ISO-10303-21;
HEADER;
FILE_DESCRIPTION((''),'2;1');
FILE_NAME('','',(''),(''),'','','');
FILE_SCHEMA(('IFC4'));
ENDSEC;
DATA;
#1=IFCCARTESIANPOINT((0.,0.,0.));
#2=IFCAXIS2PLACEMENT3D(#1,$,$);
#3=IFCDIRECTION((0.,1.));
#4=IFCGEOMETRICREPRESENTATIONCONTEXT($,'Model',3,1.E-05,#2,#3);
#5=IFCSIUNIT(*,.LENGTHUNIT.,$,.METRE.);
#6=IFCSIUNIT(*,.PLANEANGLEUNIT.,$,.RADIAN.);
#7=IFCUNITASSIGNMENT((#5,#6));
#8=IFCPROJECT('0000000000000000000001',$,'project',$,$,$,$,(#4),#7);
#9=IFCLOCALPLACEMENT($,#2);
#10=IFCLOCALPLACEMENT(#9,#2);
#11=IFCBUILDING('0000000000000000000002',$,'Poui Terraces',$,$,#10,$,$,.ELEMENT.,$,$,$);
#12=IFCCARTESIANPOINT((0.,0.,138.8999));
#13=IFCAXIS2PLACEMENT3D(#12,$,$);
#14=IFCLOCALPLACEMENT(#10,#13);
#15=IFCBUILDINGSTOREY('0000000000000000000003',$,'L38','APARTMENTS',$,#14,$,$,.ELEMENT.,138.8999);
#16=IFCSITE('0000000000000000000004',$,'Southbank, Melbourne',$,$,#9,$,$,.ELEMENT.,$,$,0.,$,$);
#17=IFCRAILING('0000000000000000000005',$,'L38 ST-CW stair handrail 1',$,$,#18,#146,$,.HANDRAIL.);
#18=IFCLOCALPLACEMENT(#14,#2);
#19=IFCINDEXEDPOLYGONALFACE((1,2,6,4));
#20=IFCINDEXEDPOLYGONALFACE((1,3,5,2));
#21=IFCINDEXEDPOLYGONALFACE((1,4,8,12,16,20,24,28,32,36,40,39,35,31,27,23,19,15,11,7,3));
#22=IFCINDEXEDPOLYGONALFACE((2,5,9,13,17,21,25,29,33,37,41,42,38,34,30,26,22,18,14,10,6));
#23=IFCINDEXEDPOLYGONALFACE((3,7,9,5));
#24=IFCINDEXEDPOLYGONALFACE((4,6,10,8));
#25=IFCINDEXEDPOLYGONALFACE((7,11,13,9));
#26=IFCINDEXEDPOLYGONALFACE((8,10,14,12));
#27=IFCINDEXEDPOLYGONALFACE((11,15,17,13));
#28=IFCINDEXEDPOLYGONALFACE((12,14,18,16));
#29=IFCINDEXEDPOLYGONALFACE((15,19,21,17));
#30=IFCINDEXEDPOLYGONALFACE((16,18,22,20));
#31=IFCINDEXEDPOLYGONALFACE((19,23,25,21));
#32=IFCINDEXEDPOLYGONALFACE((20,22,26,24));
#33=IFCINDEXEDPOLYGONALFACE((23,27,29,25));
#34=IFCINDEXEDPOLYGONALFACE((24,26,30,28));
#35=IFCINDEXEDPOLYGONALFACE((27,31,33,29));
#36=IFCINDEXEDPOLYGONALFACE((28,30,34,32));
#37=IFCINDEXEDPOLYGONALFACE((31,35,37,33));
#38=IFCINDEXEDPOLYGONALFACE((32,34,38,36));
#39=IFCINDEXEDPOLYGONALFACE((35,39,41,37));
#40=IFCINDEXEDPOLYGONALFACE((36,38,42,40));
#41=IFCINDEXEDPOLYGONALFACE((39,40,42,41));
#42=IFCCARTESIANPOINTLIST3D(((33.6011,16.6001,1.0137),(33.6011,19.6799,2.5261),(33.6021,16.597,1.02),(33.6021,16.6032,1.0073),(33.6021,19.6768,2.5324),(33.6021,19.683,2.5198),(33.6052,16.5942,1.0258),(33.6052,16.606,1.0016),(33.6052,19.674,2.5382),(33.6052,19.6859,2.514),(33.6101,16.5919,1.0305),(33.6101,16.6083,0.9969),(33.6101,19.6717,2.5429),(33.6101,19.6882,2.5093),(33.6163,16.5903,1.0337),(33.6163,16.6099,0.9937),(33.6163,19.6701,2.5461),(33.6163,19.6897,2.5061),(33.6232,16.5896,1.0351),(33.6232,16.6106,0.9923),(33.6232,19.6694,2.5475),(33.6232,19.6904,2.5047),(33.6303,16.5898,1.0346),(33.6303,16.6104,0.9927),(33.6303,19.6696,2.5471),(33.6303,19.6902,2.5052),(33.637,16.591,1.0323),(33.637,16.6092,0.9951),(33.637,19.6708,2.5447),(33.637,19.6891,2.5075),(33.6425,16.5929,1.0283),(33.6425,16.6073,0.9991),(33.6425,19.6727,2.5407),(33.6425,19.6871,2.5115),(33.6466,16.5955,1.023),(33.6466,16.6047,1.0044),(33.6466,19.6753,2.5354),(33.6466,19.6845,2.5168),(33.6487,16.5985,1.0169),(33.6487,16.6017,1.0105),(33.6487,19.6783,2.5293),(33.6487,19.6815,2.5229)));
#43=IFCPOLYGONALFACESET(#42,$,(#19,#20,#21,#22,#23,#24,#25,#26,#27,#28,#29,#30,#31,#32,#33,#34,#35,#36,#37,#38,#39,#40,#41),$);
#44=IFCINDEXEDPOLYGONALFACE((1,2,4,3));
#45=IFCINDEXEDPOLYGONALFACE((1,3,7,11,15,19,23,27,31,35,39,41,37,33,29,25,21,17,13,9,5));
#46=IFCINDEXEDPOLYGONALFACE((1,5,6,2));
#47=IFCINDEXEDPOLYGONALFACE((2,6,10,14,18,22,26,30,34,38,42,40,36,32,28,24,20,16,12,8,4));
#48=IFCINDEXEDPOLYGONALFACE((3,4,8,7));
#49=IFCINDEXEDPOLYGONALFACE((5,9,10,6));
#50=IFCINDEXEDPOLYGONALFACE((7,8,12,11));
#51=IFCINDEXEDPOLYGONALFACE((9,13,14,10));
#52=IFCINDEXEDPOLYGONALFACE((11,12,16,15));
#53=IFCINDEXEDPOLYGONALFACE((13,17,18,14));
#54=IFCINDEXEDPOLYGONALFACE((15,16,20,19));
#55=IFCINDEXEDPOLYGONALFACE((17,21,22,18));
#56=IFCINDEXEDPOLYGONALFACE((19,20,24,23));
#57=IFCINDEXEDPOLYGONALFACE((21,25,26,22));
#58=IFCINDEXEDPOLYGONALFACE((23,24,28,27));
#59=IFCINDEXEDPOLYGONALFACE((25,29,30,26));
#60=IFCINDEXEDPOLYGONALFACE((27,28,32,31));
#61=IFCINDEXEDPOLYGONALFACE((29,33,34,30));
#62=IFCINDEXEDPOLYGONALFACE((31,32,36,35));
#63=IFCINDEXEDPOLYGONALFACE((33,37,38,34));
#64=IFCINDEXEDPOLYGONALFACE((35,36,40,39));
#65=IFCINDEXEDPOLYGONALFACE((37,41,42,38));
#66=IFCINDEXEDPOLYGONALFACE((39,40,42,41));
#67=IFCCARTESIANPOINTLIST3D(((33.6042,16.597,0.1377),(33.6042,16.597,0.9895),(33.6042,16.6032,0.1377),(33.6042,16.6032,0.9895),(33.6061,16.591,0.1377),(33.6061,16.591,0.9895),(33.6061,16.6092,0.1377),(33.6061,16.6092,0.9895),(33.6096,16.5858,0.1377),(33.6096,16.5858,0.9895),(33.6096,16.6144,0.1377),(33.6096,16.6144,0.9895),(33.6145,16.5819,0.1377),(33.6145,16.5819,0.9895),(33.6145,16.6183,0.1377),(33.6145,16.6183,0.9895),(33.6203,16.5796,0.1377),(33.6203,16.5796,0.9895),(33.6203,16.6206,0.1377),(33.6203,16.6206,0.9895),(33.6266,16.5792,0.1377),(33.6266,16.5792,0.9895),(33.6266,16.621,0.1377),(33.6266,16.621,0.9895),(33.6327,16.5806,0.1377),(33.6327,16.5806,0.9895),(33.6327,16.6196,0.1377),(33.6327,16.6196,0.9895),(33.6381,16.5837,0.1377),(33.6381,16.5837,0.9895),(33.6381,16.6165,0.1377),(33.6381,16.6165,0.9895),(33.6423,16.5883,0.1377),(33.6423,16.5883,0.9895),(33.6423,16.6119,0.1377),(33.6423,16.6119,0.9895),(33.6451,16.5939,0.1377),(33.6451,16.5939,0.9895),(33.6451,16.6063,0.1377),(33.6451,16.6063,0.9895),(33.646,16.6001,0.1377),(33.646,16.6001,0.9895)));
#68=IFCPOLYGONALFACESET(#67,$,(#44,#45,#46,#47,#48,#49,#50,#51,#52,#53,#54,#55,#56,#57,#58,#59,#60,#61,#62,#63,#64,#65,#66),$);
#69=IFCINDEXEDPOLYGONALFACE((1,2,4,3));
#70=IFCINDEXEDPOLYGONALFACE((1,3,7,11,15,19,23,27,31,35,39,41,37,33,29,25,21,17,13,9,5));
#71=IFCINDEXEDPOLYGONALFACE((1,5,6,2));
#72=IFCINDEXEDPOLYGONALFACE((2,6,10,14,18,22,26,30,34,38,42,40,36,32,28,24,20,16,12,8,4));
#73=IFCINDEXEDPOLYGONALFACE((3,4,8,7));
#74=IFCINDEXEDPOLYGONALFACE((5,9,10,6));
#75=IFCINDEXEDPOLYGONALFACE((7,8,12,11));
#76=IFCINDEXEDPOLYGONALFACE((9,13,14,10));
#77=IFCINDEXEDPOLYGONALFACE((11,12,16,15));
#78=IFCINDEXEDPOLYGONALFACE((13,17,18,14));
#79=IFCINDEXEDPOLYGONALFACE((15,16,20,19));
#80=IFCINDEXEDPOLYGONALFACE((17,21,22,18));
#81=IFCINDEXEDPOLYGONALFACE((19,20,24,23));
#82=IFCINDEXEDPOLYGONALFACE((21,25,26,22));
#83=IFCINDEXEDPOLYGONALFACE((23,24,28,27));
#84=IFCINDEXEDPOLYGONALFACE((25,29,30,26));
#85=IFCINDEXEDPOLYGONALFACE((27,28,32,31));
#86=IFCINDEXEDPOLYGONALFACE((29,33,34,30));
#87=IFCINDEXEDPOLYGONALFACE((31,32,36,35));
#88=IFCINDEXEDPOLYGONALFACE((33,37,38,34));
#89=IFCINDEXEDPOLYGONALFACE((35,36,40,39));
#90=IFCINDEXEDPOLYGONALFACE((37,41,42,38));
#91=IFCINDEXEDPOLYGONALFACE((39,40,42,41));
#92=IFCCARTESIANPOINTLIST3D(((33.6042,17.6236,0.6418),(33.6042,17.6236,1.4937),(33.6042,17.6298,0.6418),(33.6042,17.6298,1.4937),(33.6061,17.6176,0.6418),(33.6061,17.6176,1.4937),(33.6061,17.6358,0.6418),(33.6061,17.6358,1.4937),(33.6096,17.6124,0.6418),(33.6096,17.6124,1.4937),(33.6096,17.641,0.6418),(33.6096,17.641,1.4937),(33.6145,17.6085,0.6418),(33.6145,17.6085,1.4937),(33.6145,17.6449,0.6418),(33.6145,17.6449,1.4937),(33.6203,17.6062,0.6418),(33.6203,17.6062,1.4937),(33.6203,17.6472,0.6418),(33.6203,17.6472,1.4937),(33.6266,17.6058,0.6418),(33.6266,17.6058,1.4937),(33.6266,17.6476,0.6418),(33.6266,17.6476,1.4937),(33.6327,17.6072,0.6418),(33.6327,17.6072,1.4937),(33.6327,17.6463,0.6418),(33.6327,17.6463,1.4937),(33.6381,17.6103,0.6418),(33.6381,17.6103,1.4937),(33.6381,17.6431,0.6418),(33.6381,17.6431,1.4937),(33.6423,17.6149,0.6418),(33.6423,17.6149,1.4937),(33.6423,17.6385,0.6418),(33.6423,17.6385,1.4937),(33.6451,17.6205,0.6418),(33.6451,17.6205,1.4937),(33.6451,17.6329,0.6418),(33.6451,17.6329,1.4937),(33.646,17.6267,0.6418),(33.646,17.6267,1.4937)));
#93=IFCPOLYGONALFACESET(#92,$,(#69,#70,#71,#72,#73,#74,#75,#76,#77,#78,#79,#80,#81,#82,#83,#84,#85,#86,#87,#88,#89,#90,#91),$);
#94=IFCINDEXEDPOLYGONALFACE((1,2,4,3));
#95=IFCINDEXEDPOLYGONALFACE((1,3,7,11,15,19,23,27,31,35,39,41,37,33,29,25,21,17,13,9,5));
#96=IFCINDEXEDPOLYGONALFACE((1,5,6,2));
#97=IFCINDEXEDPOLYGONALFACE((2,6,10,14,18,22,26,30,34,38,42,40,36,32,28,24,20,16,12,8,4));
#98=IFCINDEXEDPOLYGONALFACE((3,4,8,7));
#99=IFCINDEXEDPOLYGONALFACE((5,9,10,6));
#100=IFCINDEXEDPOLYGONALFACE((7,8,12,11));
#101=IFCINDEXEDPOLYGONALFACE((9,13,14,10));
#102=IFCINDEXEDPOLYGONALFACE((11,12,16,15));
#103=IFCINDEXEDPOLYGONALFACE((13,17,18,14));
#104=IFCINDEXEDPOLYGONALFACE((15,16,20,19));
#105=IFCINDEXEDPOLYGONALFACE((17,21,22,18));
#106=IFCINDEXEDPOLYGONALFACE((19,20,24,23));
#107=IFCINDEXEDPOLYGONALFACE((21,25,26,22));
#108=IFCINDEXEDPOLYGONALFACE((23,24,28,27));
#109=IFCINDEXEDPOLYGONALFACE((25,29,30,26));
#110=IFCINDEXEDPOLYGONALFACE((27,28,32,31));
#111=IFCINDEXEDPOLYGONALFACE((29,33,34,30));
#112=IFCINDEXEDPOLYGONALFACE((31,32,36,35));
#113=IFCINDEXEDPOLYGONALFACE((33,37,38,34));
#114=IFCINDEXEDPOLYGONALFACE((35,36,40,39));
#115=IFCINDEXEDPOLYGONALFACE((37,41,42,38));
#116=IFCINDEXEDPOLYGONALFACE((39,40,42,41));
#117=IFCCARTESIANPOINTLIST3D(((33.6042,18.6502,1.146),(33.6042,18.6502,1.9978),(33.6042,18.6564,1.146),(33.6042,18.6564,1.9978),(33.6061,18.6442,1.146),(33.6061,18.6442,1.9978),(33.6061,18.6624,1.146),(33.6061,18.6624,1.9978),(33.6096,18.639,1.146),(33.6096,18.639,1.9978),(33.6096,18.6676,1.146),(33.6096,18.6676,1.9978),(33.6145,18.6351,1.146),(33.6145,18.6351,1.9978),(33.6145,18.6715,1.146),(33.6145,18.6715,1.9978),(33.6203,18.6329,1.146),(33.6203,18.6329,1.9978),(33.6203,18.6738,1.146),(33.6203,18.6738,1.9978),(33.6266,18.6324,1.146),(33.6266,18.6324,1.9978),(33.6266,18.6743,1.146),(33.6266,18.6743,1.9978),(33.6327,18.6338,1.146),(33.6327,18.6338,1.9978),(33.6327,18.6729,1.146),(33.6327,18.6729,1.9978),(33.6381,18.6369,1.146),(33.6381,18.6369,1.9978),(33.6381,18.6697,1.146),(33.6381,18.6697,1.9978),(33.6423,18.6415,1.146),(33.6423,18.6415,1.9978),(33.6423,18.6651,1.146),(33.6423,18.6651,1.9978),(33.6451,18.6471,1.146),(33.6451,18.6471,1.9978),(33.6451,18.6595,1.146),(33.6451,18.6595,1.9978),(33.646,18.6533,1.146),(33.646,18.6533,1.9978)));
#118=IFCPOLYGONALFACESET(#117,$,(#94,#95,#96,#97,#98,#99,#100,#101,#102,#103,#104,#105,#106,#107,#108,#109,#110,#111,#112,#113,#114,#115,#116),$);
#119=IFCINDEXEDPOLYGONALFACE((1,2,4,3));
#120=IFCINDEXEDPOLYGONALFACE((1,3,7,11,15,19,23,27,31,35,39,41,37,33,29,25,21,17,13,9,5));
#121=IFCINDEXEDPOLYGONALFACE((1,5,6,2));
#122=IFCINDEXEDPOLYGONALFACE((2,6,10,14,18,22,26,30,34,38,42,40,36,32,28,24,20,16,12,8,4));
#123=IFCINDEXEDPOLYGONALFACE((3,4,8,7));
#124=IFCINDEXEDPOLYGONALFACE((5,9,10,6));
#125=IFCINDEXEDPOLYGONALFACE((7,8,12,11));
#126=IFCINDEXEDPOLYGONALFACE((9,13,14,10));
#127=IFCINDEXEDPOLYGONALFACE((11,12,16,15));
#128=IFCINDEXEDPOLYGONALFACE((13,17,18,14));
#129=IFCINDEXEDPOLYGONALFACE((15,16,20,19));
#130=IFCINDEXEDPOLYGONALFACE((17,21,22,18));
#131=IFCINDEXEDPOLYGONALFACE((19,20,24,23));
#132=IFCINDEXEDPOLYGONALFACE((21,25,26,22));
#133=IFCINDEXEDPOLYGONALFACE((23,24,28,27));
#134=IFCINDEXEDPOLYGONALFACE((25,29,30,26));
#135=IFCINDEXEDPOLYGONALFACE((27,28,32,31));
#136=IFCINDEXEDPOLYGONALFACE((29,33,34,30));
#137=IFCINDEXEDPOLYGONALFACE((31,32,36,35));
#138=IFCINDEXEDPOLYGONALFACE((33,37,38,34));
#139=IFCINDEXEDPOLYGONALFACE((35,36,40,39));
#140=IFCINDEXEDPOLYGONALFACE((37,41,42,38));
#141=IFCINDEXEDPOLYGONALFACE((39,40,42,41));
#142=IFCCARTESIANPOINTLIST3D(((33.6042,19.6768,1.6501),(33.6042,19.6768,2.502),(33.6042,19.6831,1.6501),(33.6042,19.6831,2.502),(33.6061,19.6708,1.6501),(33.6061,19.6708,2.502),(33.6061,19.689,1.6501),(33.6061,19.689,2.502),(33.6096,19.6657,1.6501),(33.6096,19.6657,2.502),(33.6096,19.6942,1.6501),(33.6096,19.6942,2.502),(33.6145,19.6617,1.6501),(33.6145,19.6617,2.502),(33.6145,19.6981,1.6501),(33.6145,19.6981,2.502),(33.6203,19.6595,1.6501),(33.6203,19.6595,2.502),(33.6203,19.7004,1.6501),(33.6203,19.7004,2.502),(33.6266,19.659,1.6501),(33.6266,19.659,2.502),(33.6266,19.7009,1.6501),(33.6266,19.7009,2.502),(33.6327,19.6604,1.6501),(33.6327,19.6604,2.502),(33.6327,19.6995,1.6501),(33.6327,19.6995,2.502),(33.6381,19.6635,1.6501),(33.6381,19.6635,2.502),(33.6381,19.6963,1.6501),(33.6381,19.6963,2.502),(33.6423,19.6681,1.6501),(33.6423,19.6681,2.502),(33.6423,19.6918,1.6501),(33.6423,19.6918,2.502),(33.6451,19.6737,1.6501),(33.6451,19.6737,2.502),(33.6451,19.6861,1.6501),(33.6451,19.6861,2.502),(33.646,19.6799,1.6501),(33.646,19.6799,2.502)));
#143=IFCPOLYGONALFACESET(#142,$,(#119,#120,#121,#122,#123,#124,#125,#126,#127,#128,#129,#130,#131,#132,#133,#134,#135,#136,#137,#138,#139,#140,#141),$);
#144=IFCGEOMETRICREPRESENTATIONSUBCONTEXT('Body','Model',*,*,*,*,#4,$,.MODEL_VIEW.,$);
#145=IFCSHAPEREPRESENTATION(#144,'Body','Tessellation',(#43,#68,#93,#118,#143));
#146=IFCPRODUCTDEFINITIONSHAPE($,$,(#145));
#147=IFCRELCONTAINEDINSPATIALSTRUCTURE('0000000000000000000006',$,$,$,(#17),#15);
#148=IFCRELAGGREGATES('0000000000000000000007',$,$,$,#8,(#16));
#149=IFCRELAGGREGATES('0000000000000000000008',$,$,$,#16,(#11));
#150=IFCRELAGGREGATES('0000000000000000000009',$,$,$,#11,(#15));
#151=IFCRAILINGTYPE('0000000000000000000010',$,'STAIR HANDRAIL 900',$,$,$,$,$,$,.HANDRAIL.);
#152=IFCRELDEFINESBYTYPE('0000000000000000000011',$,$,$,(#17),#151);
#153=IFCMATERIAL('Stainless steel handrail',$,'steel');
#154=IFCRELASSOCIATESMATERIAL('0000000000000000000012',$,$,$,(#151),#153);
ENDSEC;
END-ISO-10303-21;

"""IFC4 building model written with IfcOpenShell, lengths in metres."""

from ifc_helpers import new_model, si_unit, direction, frame, origin, origin_2d, place, context, subcontext, project, spatial, circle, extrude, material, type_object, element, save


model = new_model("IFC4")

# Units and contexts
model_context = context("Model", 3, precision=1e-05, world=origin(), true_north=direction((0.0, 1.0)))
body_context = subcontext(model_context, "Body", "Model", "MODEL_VIEW")
ifc_project = project(units=[si_unit("LENGTHUNIT", "METRE"), si_unit("PLANEANGLEUNIT", "RADIAN")], contexts=[model_context])

# Site, building, storey
site_placement = place(None, origin())
site = spatial("IfcSite", under=ifc_project, at=site_placement, Name="Southbank, Melbourne", CompositionType="ELEMENT", RefElevation=0.0)
building_placement = place(site_placement, origin())
building = spatial("IfcBuilding", under=site, at=building_placement, Name="Poui Terraces", CompositionType="ELEMENT")
storey_placement = place(building_placement, frame((0.0, 0.0, 138.8999)))
storey = spatial("IfcBuildingStorey", under=building, at=storey_placement, Name="L38", Description="APARTMENTS", CompositionType="ELEMENT", Elevation=138.8999)

# Railing
ifc_material_1 = material(Name="Stainless steel handrail", Category="steel")
railing_type_1 = type_object("IfcRailingType", Name="STAIR HANDRAIL 900", PredefinedType="HANDRAIL", material=ifc_material_1)
railing_1_placement = place(storey_placement, frame((33.625, 16.6001, 0.1377)))
element("IfcRailing", 1, at=railing_1_placement, inside=storey, type_object=railing_type_1, Name="L38 ST-CW stair handrail 1", PredefinedType="HANDRAIL", context=body_context, shape_type="SweptSolid", body=[
    extrude(circle(Radius=0.0239, at=origin_2d()), frame((0.0, 0.0, 0.876), z_axis=(0.0, 0.897606, 0.440798), x_axis=(-1.0, 0.0, 0.0)), (0.0, 0.0, 1.0), 3.4312),
    extrude(circle(Radius=0.021, at=origin_2d()), origin(), (0.0, 0.0, 1.0), 0.8518),
    extrude(circle(Radius=0.021, at=origin_2d()), frame((0.0, 1.0266, 0.5042)), (0.0, 0.0, 1.0), 0.8518),
    extrude(circle(Radius=0.021, at=origin_2d()), frame((0.0, 2.0532, 1.0083)), (0.0, 0.0, 1.0), 0.8518),
    extrude(circle(Radius=0.021, at=origin_2d()), frame((0.0, 3.0798, 1.5125)), (0.0, 0.0, 1.0), 0.8518),
])

save(model, "model.ifc")
